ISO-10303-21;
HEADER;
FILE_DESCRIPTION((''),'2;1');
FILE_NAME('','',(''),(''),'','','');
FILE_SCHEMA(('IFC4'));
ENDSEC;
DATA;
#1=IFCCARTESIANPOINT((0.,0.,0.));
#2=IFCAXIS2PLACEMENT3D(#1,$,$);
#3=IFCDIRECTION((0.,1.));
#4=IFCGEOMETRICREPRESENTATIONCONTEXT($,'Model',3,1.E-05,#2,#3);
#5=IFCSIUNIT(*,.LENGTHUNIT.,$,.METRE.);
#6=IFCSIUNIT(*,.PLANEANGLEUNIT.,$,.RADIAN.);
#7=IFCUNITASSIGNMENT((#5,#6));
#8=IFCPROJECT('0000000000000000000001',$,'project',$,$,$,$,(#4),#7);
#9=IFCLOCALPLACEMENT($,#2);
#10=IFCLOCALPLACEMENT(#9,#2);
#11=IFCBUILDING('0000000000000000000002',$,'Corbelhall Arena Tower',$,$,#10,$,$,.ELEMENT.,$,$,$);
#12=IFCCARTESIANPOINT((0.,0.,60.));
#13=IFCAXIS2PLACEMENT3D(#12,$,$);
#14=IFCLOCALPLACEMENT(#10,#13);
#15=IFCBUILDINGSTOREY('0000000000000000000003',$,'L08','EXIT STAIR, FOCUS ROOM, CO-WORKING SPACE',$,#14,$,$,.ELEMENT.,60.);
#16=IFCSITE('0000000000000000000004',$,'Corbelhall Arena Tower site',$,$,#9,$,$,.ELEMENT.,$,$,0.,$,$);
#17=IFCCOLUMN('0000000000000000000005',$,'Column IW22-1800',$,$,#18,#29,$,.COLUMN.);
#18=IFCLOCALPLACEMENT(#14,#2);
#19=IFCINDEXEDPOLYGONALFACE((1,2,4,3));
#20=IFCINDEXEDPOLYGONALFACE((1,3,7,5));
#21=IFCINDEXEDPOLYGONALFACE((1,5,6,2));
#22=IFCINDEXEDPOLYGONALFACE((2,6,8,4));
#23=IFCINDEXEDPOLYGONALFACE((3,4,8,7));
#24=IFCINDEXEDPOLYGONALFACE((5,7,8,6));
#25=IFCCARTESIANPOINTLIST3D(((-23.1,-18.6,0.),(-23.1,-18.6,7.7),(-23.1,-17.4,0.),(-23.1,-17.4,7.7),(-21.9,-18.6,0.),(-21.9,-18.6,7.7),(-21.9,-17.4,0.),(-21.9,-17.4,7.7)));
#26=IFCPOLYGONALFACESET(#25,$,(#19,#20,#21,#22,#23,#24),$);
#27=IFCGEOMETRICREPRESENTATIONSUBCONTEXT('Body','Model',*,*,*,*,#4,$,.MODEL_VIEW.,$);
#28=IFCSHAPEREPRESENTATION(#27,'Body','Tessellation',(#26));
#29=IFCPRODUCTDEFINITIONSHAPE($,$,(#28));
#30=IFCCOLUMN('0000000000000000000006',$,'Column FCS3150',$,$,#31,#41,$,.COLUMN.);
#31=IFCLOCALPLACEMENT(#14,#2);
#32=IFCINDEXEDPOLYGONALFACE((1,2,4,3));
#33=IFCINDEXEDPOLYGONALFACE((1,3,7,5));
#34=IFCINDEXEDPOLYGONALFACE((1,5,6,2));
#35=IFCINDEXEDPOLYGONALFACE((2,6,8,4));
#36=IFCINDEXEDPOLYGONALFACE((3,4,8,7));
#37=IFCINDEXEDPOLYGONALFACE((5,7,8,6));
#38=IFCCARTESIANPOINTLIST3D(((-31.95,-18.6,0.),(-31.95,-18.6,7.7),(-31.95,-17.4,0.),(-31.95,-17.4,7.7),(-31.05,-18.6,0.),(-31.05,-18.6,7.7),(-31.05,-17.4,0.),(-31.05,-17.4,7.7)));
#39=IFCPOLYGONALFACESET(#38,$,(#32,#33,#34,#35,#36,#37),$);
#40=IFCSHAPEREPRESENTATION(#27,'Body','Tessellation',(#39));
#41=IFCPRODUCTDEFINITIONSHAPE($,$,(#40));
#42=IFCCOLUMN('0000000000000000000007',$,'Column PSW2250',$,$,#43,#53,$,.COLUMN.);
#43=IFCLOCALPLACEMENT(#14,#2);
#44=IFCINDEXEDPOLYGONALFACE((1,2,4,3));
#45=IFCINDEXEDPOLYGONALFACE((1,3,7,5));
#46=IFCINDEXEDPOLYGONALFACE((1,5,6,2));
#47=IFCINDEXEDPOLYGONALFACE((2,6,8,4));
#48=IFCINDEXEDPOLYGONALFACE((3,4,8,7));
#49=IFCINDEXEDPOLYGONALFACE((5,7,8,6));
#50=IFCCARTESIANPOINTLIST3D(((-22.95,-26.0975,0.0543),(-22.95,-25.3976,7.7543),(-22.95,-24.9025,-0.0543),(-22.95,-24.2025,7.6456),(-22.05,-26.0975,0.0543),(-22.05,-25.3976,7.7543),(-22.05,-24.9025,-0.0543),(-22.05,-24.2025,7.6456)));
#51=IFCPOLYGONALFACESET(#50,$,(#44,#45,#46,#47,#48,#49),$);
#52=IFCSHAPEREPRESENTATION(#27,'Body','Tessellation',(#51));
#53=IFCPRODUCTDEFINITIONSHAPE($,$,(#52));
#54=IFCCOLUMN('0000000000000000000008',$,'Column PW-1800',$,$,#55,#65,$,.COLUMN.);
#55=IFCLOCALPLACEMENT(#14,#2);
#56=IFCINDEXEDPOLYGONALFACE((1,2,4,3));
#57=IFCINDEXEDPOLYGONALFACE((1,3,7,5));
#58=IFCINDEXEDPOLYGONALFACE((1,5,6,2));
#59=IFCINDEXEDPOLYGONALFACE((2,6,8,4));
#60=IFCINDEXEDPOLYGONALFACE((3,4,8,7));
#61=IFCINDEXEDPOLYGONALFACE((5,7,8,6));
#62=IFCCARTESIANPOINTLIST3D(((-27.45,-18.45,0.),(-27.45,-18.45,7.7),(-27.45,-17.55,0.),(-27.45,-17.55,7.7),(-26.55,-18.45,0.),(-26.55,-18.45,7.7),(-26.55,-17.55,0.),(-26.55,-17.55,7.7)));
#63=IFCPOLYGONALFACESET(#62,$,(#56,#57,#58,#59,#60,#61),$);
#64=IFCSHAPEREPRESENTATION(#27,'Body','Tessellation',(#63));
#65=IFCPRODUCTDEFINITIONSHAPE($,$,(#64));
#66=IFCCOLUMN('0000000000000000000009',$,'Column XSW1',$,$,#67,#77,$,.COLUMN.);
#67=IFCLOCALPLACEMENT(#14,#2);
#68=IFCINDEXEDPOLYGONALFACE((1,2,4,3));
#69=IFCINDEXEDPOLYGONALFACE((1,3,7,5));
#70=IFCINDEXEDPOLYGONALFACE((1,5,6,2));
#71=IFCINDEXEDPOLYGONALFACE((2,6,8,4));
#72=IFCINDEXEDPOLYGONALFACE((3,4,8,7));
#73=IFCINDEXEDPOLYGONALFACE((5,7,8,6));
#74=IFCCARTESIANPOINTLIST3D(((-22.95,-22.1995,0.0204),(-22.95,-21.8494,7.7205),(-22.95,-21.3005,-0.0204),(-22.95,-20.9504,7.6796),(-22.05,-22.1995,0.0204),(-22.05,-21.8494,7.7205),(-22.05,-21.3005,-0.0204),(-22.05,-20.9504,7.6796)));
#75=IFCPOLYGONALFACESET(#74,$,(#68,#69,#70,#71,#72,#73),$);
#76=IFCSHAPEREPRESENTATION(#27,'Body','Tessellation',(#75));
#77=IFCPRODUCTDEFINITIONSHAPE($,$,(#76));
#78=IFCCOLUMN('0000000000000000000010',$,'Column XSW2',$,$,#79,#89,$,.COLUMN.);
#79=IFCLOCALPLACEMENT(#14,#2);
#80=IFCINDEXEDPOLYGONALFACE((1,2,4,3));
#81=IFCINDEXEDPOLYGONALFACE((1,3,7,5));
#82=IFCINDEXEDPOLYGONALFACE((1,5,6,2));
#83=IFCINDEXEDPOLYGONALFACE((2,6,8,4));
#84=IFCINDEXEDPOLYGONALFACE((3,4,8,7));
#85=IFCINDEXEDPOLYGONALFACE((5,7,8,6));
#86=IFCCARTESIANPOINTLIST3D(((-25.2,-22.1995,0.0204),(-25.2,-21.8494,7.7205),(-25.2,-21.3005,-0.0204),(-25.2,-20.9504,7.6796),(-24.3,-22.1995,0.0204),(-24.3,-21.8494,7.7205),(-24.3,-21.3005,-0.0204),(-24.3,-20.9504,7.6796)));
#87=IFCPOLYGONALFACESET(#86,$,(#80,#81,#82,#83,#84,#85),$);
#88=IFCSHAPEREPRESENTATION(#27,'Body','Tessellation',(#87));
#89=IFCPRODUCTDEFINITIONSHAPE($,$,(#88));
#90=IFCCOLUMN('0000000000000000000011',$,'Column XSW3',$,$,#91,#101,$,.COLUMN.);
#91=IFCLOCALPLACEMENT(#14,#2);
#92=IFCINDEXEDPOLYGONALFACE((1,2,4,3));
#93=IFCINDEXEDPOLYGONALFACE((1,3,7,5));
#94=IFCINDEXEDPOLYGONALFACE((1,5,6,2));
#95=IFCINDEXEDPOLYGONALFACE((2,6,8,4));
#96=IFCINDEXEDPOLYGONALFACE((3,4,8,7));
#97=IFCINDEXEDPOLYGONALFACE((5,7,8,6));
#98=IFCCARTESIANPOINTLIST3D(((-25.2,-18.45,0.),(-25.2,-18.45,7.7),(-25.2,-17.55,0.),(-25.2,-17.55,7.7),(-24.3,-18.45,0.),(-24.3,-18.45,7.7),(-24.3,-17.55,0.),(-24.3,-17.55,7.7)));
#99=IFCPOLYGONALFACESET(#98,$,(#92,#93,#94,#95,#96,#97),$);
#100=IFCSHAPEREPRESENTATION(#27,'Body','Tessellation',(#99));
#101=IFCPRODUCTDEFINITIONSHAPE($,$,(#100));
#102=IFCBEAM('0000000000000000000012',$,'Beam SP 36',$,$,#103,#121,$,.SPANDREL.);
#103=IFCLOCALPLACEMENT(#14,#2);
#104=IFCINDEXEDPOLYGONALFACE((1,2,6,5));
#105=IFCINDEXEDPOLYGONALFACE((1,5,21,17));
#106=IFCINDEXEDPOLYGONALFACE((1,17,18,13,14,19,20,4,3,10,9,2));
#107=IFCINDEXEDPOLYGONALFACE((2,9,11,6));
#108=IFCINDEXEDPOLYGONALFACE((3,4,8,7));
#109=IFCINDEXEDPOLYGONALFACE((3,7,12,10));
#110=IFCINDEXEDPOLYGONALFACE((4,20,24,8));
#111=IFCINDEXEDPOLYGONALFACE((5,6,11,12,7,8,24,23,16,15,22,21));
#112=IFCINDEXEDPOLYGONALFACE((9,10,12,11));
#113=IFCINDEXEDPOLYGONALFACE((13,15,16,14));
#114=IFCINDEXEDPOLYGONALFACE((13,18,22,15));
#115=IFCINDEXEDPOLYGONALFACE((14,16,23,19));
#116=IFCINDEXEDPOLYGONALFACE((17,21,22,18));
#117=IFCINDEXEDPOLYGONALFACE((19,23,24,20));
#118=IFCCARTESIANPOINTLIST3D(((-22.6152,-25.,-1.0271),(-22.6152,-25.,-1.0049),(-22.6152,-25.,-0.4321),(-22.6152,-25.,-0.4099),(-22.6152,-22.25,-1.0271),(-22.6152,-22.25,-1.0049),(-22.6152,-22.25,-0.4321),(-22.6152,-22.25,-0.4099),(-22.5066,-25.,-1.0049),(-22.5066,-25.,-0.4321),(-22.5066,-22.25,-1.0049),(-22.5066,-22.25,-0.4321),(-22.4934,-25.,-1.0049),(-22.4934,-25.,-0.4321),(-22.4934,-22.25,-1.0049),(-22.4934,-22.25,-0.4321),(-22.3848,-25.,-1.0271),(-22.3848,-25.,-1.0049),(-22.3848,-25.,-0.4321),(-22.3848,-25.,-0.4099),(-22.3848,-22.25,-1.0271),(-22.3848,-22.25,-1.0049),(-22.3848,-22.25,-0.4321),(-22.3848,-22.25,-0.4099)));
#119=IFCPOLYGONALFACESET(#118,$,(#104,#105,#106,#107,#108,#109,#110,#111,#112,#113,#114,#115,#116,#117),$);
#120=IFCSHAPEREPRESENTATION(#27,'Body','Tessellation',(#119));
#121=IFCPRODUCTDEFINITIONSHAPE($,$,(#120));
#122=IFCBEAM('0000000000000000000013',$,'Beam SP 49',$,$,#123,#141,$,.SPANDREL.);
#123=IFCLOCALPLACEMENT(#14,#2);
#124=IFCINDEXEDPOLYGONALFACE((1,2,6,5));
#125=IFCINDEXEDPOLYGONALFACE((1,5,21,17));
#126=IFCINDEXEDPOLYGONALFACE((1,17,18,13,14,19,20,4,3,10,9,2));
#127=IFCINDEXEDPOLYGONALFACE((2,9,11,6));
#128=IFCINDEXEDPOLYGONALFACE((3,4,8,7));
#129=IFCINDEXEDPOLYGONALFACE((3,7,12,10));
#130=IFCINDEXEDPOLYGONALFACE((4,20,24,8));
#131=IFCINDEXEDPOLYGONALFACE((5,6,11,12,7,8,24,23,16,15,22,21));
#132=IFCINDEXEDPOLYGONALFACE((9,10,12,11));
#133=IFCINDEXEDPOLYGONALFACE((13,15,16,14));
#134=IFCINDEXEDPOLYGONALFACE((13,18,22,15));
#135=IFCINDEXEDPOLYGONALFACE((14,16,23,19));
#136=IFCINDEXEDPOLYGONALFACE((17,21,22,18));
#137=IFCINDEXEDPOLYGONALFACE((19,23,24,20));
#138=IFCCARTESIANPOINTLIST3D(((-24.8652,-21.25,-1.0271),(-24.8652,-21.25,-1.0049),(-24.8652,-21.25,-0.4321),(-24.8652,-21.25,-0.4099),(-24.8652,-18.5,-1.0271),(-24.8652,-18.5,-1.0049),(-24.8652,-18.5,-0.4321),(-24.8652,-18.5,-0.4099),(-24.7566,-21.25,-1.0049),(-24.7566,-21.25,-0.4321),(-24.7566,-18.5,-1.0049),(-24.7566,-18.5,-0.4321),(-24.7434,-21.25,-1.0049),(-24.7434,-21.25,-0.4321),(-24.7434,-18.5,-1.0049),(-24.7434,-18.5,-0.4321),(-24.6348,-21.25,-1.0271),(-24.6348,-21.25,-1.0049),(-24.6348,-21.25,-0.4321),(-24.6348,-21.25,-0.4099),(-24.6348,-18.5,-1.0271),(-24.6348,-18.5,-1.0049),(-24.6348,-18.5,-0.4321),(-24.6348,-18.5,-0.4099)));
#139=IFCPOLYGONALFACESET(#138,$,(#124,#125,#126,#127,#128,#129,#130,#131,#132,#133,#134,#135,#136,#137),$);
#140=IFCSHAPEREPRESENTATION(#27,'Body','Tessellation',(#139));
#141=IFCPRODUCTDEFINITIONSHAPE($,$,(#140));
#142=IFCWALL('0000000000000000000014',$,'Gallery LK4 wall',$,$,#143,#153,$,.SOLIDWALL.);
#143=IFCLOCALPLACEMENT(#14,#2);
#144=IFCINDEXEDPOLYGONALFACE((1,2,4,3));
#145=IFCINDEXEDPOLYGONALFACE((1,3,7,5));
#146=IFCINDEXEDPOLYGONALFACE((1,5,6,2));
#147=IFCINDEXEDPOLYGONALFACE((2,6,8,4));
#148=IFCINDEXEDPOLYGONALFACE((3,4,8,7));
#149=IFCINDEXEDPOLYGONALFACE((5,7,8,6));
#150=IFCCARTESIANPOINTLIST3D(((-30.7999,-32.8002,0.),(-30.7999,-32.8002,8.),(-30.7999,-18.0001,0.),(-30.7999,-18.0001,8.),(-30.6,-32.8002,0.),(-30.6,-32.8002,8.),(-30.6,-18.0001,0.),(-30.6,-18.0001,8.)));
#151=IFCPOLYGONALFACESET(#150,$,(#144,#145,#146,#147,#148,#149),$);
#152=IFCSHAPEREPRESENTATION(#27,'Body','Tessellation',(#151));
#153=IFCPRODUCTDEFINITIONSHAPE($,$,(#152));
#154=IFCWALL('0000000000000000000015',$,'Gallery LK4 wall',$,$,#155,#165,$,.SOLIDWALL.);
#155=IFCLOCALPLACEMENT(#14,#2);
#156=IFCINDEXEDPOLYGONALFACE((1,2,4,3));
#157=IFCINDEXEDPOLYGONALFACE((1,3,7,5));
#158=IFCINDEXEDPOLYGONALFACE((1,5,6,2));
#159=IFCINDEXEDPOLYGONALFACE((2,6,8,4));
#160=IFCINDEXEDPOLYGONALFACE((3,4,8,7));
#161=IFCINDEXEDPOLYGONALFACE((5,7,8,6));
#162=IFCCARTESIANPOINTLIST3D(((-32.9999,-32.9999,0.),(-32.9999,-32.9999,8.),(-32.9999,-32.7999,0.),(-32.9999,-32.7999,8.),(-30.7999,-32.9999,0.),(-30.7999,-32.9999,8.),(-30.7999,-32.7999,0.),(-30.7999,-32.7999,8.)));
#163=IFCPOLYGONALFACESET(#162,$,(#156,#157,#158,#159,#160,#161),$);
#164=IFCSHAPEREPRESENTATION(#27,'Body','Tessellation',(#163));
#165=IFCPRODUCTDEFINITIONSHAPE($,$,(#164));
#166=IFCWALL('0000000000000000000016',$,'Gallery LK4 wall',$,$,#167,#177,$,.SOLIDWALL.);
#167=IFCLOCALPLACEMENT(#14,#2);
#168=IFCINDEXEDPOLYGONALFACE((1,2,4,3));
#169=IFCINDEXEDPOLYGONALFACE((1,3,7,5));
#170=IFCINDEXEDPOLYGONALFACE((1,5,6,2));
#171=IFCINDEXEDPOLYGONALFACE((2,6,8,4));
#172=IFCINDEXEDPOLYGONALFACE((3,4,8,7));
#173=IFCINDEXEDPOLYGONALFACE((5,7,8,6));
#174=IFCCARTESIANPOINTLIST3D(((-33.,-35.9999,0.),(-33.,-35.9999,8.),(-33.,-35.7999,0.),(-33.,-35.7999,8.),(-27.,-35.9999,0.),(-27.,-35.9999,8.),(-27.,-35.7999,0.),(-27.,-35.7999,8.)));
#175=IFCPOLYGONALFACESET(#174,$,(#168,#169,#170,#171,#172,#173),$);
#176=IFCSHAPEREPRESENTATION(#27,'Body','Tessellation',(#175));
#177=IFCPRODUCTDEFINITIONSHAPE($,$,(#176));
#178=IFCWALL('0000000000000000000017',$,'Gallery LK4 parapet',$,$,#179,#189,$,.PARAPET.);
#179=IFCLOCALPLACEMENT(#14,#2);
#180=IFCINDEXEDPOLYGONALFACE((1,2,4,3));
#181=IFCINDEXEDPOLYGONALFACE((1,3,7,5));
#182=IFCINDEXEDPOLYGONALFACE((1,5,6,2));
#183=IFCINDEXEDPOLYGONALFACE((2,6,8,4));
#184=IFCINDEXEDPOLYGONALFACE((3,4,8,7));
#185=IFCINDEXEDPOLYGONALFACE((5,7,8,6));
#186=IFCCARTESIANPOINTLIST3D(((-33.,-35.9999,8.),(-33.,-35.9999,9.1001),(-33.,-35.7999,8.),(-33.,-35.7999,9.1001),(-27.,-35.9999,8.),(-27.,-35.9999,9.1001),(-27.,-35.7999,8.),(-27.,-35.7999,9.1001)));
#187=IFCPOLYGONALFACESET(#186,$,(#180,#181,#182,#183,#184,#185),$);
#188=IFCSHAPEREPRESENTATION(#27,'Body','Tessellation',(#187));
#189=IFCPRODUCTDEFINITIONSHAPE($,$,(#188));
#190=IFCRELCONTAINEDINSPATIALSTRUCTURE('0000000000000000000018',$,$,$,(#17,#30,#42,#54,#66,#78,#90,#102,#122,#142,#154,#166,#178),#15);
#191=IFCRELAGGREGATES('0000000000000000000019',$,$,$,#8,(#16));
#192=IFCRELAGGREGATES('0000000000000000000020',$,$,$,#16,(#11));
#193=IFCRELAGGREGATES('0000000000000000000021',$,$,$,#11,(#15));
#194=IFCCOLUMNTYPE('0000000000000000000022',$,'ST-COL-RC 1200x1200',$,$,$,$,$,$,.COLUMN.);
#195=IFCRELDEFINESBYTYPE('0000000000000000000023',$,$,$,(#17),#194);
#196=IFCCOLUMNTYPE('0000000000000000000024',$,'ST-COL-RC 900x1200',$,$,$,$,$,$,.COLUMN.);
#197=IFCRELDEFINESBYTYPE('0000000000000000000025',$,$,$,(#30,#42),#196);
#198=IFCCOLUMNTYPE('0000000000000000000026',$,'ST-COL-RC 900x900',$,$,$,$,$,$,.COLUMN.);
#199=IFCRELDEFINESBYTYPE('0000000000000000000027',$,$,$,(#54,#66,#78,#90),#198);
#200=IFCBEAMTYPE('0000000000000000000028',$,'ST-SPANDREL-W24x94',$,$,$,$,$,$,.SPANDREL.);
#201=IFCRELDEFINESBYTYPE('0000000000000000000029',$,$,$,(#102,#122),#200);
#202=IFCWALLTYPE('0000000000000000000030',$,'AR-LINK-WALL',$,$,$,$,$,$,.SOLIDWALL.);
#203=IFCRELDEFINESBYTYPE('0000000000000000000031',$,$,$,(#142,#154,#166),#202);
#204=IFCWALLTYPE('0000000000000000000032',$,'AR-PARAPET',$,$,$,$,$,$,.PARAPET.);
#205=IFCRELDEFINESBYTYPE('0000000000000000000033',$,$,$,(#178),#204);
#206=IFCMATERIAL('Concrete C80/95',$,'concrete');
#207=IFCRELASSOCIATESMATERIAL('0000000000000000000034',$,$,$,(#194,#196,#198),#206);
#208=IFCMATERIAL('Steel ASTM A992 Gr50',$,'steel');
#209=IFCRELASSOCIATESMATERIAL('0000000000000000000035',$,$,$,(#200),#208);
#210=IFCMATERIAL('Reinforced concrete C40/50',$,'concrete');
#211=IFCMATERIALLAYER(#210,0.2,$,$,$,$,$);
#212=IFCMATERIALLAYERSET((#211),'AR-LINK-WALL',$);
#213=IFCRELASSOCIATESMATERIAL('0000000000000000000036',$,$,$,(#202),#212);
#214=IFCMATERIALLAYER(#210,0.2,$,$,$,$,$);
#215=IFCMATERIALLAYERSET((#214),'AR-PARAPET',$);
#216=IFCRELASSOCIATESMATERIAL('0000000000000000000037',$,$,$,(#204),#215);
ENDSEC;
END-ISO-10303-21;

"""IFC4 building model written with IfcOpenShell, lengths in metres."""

from ifc_helpers import new_model, si_unit, direction, frame, frame_2d, origin, origin_2d, place, context, subcontext, project, spatial, rectangle, i_section, extrude, material, layer, layer_set, material_profile, profile_set, type_object, element, save


model = new_model("IFC4")

# Units and contexts
model_context = context("Model", 3, precision=1e-05, world=origin(), true_north=direction((0.0, 1.0)))
body_context = subcontext(model_context, "Body", "Model", "MODEL_VIEW")
ifc_project = project(units=[si_unit("LENGTHUNIT", "METRE"), si_unit("PLANEANGLEUNIT", "RADIAN")], contexts=[model_context])

# Site, building, storey
site_placement = place(None, origin())
site = spatial("IfcSite", under=ifc_project, at=site_placement, Name="Corbelhall Arena Tower site", CompositionType="ELEMENT", RefElevation=0.0)
building_placement = place(site_placement, origin())
building = spatial("IfcBuilding", under=site, at=building_placement, Name="Corbelhall Arena Tower", CompositionType="ELEMENT")
storey_placement = place(building_placement, frame((0.0, 0.0, 60.0)))
storey = spatial("IfcBuildingStorey", under=building, at=storey_placement, Name="L08", Description="EXIT STAIR, FOCUS ROOM, CO-WORKING SPACE", CompositionType="ELEMENT", Elevation=60.0)

# Columns
ifc_material_1 = material(Name="Concrete C80/95", Category="concrete")
ifc_material_profile_1 = material_profile(ifc_material_1, rectangle(XDim=1.2, YDim=1.2, at=origin_2d()))
ifc_profile_set_1 = profile_set([ifc_material_profile_1], Name="Concrete C80/95")
column_type_1 = type_object("IfcColumnType", Name="ST-COL-RC 1200x1200", PredefinedType="COLUMN", material=ifc_profile_set_1)
column_1_placement = place(storey_placement, frame((-22.5, -18.0, 0.0), z_axis=(0.0, 0.0, 1.0), x_axis=(1.0, 0.0, 0.0)))
element("IfcColumn", 1, at=column_1_placement, inside=storey, type_object=column_type_1, Name="Column IW22-1800", PredefinedType="COLUMN", context=body_context, shape_type="SweptSolid", body=[
    extrude(rectangle(XDim=1.2, YDim=1.2, at=origin_2d()), origin(), (0.0, 0.0, 1.0), 7.7),
])
ifc_material_profile_2 = material_profile(ifc_material_1, rectangle(XDim=0.8999, YDim=1.2, at=origin_2d()))
ifc_profile_set_2 = profile_set([ifc_material_profile_2], Name="Concrete C80/95")
column_type_2 = type_object("IfcColumnType", Name="ST-COL-RC 900x1200", PredefinedType="COLUMN", material=ifc_profile_set_2)
column_2_placement = place(storey_placement, frame((-31.5, -18.0, 0.0), z_axis=(0.0, 0.0, 1.0), x_axis=(1.0, 0.0, 0.0)))
element("IfcColumn", 2, at=column_2_placement, inside=storey, type_object=column_type_2, Name="Column FCS3150", PredefinedType="COLUMN", context=body_context, shape_type="SweptSolid", body=[
    extrude(rectangle(XDim=0.8999, YDim=1.2, at=origin_2d()), origin(), (0.0, 0.0, 1.0), 7.7),
])
column_3_placement = place(storey_placement, frame((-22.5, -25.5, 0.0), z_axis=(0.0, 0.09053, 0.995894), x_axis=(-1.0, 0.0, 0.0)))
element("IfcColumn", 3, at=column_3_placement, inside=storey, type_object=column_type_2, Name="Column PSW2250", PredefinedType="COLUMN", context=body_context, shape_type="SweptSolid", body=[
    extrude(rectangle(XDim=0.8999, YDim=1.2, at=origin_2d()), origin(), (0.0, 0.0, 1.0), 7.7317),
])
ifc_material_profile_3 = material_profile(ifc_material_1, rectangle(XDim=0.8999, YDim=0.8999, at=origin_2d()))
ifc_profile_set_3 = profile_set([ifc_material_profile_3], Name="Concrete C80/95")
column_type_3 = type_object("IfcColumnType", Name="ST-COL-RC 900x900", PredefinedType="COLUMN", material=ifc_profile_set_3)
column_4_placement = place(storey_placement, frame((-27.0, -18.0, 0.0), z_axis=(0.0, 0.0, 1.0), x_axis=(1.0, 0.0, 0.0)))
element("IfcColumn", 4, at=column_4_placement, inside=storey, type_object=column_type_3, Name="Column PW-1800", PredefinedType="COLUMN", context=body_context, shape_type="SweptSolid", body=[
    extrude(rectangle(XDim=0.8999, YDim=0.8999, at=origin_2d()), origin(), (0.0, 0.0, 1.0), 7.7),
])
for number, where, z_axis, x_axis, name in (
    (5, (-22.5, -21.75, 0.0), (0.0, 0.045421, 0.998968), (-1.0, 0.0, 0.0), "Column XSW1"),
    (6, (-24.75, -21.75, 0.0), (0.0, 0.045421, 0.998968), (-1.0, 0.0, 0.0), "Column XSW2"),
):
    element("IfcColumn", number, at=place(storey_placement, frame(where, z_axis=z_axis, x_axis=x_axis)), inside=storey, type_object=column_type_3, Name=name, PredefinedType="COLUMN", context=body_context, shape_type="SweptSolid", body=[
        extrude(rectangle(XDim=0.8999, YDim=0.8999, at=origin_2d()), origin(), (0.0, 0.0, 1.0), 7.708),
    ])
column_5_placement = place(storey_placement, frame((-24.75, -18.0, 0.0), z_axis=(0.0, 0.0, 1.0), x_axis=(1.0, 0.0, 0.0)))
element("IfcColumn", 7, at=column_5_placement, inside=storey, type_object=column_type_3, Name="Column XSW3", PredefinedType="COLUMN", context=body_context, shape_type="SweptSolid", body=[
    extrude(rectangle(XDim=0.8999, YDim=0.8999, at=origin_2d()), origin(), (0.0, 0.0, 1.0), 7.7),
])

# Beams
ifc_material_2 = material(Name="Steel ASTM A992 Gr50", Category="steel")
ifc_material_profile_4 = material_profile(ifc_material_2, i_section(OverallWidth=0.2305, OverallDepth=0.6172, WebThickness=0.0132, FlangeThickness=0.0222, at=origin_2d()))
ifc_profile_set_4 = profile_set([ifc_material_profile_4], Name="Steel ASTM A992 Gr50")
beam_type = type_object("IfcBeamType", Name="ST-SPANDREL-W24x94", PredefinedType="SPANDREL", material=ifc_profile_set_4)
for number, where, z_axis, x_axis, name in (
    (8, (-22.5, -25.0, -0.7185), (0.0, 1.0, 0.0), (-1.0, 0.0, 0.0), "Beam SP 36"),
    (9, (-24.75, -21.25, -0.7185), (0.0, 1.0, 0.0), (-1.0, 0.0, 0.0), "Beam SP 49"),
):
    element("IfcBeam", number, at=place(storey_placement, frame(where, z_axis=z_axis, x_axis=x_axis)), inside=storey, type_object=beam_type, Name=name, PredefinedType="SPANDREL", context=body_context, shape_type="SweptSolid", body=[
        extrude(i_section(OverallWidth=0.2305, OverallDepth=0.6172, WebThickness=0.0132, FlangeThickness=0.0222, at=origin_2d()), origin(), (0.0, 0.0, 1.0), 2.75),
    ])

# Shared definitions
ifc_material_3 = material(Name="Reinforced concrete C40/50", Category="concrete")
ifc_layer_1 = layer(ifc_material_3, 0.2)
ifc_layer_set_1 = layer_set([ifc_layer_1], Name="AR-LINK-WALL")
wall_type_1 = type_object("IfcWallType", Name="AR-LINK-WALL", PredefinedType="SOLIDWALL", material=ifc_layer_set_1)

# Walls
wall_1_placement = place(storey_placement, frame((-30.7, -32.8, 0.0), z_axis=(0.0, 0.0, 1.0), x_axis=(0.0, 1.0, 0.0)))
element("IfcWall", 10, at=wall_1_placement, inside=storey, type_object=wall_type_1, Name="Gallery LK4 wall", PredefinedType="SOLIDWALL", context=body_context, shape_type="SweptSolid", body=[
    extrude(rectangle(XDim=14.8, YDim=0.2, at=frame_2d((7.3999, 0.0))), origin(), (0.0, 0.0, 1.0), 8.0),
])
wall_2_placement = place(storey_placement, frame((-33.0, -32.8999, 0.0), z_axis=(0.0, 0.0, 1.0), x_axis=(1.0, 0.0, 0.0)))
element("IfcWall", 11, at=wall_2_placement, inside=storey, type_object=wall_type_1, Name="Gallery LK4 wall", PredefinedType="SOLIDWALL", context=body_context, shape_type="SweptSolid", body=[
    extrude(rectangle(XDim=2.2, YDim=0.2, at=frame_2d((1.1001, 0.0))), origin(), (0.0, 0.0, 1.0), 8.0),
])
wall_3_placement = place(storey_placement, frame((-33.0, -35.8999, 0.0), z_axis=(0.0, 0.0, 1.0), x_axis=(1.0, 0.0, 0.0)))
element("IfcWall", 12, at=wall_3_placement, inside=storey, type_object=wall_type_1, Name="Gallery LK4 wall", PredefinedType="SOLIDWALL", context=body_context, shape_type="SweptSolid", body=[
    extrude(rectangle(XDim=6.0, YDim=0.2, at=frame_2d((3.0, 0.0))), origin(), (0.0, 0.0, 1.0), 8.0),
])

# Wall
ifc_layer_2 = layer(ifc_material_3, 0.2)
ifc_layer_set_2 = layer_set([ifc_layer_2], Name="AR-PARAPET")
wall_type_2 = type_object("IfcWallType", Name="AR-PARAPET", PredefinedType="PARAPET", material=ifc_layer_set_2)
wall_4_placement = place(storey_placement, frame((-33.0, -35.8999, 8.0), z_axis=(0.0, 0.0, 1.0), x_axis=(1.0, 0.0, 0.0)))
element("IfcWall", 13, at=wall_4_placement, inside=storey, type_object=wall_type_2, Name="Gallery LK4 parapet", PredefinedType="PARAPET", context=body_context, shape_type="SweptSolid", body=[
    extrude(rectangle(XDim=6.0, YDim=0.2, at=frame_2d((3.0, 0.0))), origin(), (0.0, 0.0, 1.0), 1.1001),
])

save(model, "model.ifc")
